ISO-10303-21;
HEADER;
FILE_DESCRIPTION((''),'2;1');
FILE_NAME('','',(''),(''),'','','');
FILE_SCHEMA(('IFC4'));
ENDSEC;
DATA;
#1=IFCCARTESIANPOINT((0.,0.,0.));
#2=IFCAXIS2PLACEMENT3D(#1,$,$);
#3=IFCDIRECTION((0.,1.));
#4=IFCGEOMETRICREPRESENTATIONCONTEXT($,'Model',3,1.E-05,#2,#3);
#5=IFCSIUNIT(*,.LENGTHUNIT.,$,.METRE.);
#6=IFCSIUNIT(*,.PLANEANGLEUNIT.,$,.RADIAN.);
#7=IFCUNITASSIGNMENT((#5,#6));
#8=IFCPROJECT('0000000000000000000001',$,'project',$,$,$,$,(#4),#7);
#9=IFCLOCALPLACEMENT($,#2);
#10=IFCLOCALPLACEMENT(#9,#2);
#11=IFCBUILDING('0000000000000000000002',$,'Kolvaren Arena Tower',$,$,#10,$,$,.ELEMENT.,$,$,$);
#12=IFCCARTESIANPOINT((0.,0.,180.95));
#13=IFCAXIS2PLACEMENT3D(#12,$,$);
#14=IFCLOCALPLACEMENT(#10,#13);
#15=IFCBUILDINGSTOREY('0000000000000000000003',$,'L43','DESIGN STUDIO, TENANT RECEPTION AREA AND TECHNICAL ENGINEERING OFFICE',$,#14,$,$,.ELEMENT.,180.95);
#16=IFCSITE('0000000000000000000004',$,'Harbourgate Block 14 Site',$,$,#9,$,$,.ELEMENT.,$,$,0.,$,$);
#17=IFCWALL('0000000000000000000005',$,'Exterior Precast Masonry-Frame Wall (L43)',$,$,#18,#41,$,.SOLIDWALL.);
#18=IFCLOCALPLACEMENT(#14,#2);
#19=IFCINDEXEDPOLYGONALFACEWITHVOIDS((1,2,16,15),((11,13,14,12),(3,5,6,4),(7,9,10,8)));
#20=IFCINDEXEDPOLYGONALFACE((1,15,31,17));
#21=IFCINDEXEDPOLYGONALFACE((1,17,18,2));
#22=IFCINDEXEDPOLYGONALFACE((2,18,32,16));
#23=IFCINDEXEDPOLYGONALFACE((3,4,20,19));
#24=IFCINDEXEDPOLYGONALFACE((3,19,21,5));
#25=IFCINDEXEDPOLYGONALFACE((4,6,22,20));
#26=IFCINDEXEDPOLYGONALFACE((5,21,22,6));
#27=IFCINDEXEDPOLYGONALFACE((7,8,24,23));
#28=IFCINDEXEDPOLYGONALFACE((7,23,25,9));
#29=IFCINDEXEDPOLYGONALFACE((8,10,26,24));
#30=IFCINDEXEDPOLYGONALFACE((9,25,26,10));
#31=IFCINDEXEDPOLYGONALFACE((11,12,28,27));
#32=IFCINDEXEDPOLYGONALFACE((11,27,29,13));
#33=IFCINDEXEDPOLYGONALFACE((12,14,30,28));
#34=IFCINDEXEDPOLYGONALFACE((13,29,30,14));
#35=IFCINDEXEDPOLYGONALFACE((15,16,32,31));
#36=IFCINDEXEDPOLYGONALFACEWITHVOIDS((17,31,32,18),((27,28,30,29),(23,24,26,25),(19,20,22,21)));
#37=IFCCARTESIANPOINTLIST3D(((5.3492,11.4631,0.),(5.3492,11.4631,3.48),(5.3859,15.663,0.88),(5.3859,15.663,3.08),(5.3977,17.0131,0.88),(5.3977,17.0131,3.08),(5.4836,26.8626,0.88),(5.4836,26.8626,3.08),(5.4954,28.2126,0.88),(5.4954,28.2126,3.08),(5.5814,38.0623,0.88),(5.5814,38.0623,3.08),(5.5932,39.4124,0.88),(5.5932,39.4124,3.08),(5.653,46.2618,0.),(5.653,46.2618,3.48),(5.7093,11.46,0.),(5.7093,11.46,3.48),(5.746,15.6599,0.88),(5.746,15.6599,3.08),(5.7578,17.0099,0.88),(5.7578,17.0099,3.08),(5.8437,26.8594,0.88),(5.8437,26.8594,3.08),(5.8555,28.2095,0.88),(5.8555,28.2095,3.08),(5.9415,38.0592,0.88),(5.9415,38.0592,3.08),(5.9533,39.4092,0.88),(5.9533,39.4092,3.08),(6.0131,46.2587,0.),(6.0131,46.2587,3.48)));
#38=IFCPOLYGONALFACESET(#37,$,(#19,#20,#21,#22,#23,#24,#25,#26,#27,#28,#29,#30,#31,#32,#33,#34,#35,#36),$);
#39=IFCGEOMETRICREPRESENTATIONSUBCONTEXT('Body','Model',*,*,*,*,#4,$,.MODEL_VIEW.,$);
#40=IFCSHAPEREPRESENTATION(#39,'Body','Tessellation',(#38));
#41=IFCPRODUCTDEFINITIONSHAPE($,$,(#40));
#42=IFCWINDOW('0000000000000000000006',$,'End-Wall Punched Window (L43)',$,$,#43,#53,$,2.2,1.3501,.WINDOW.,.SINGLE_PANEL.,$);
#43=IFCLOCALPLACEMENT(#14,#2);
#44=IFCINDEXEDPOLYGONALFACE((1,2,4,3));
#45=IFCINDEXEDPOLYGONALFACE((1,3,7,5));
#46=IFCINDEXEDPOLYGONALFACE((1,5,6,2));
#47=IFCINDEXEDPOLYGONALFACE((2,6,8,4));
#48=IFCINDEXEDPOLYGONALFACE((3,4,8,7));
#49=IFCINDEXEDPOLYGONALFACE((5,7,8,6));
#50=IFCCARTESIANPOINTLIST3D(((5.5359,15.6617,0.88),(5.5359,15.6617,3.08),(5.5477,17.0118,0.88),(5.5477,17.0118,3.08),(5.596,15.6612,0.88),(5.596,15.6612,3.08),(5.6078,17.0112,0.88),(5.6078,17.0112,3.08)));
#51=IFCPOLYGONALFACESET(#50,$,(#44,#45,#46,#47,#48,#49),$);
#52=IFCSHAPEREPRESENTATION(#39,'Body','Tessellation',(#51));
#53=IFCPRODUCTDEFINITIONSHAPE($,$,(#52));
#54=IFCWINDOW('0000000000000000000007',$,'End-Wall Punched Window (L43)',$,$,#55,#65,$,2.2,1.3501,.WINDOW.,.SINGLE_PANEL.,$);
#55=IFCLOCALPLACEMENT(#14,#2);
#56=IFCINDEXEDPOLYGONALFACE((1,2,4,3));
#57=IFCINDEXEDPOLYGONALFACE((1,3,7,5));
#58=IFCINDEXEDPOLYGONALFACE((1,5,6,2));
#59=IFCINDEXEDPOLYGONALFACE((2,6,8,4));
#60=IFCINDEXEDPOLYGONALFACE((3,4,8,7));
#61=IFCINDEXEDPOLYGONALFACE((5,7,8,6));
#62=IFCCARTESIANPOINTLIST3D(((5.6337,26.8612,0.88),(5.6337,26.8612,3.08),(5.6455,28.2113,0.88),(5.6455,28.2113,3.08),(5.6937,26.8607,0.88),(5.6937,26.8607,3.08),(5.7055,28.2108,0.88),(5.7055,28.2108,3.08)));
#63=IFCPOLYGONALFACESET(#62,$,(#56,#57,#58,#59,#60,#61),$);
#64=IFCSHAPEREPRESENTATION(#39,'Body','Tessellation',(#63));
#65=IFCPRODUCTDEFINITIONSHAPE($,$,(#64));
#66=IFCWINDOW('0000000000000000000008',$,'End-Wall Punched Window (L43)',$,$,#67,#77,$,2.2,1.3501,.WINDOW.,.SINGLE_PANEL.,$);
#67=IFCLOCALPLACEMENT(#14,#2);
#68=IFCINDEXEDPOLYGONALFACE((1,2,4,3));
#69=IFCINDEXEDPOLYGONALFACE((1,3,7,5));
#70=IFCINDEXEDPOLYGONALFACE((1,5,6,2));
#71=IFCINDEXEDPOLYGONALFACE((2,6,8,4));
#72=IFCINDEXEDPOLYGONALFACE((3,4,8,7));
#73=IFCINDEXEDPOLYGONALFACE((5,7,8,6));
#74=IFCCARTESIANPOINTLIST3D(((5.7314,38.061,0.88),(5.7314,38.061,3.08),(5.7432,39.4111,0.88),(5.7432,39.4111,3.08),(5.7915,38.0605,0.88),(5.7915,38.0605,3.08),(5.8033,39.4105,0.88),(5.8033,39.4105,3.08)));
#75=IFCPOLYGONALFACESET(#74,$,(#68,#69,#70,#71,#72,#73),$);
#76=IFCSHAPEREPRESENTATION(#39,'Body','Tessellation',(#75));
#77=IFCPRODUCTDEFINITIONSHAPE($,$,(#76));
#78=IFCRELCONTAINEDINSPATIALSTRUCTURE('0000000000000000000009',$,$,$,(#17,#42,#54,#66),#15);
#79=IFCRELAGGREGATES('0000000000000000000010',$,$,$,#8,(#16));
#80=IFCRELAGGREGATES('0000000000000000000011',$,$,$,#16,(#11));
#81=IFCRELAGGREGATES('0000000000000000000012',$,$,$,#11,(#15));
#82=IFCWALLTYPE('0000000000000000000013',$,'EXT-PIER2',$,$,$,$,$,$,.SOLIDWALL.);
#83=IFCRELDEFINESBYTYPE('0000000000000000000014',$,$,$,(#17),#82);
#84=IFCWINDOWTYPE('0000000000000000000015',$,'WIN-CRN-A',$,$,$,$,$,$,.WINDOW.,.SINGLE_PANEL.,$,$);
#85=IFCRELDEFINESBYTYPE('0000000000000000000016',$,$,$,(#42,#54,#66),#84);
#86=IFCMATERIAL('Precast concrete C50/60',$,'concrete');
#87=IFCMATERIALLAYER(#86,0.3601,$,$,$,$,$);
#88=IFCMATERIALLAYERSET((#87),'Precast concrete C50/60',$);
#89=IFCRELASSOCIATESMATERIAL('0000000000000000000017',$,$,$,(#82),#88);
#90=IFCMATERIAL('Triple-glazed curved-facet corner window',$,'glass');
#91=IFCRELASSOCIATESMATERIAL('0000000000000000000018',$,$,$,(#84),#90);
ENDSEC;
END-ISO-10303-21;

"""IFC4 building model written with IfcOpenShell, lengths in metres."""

from ifc_helpers import new_model, si_unit, direction, frame, frame_2d, origin, place, context, subcontext, project, spatial, rectangle, extrude, material, layer, layer_set, type_object, element, fill, save


model = new_model("IFC4")

# Units and contexts
model_context = context("Model", 3, precision=1e-05, world=origin(), true_north=direction((0.0, 1.0)))
body_context = subcontext(model_context, "Body", "Model", "MODEL_VIEW")
ifc_project = project(units=[si_unit("LENGTHUNIT", "METRE"), si_unit("PLANEANGLEUNIT", "RADIAN")], contexts=[model_context])

# Site, building, storey
site_placement = place(None, origin())
site = spatial("IfcSite", under=ifc_project, at=site_placement, Name="Harbourgate Block 14 Site", CompositionType="ELEMENT", RefElevation=0.0)
building_placement = place(site_placement, origin())
building = spatial("IfcBuilding", under=site, at=building_placement, Name="Kolvaren Arena Tower", CompositionType="ELEMENT")
storey_placement = place(building_placement, frame((0.0, 0.0, 180.95)))
storey = spatial("IfcBuildingStorey", under=building, at=storey_placement, Name="L43", Description="DESIGN STUDIO, TENANT RECEPTION AREA AND TECHNICAL ENGINEERING OFFICE", CompositionType="ELEMENT", Elevation=180.95)

# Wall, openings, windows
ifc_material_1 = material(Name="Precast concrete C50/60", Category="concrete")
ifc_layer_1 = layer(ifc_material_1, 0.3601)
ifc_layer_set_1 = layer_set([ifc_layer_1], Name="Precast concrete C50/60")
wall_type_1 = type_object("IfcWallType", Name="EXT-PIER2", PredefinedType="SOLIDWALL", material=ifc_layer_set_1)
wall_1_placement = place(storey_placement, frame((5.5293, 11.4617, 0.0), z_axis=(0.0, 0.0, 1.0), x_axis=(0.008727, 0.999962, 0.0)))
wall_1 = element("IfcWall", 1, at=wall_1_placement, inside=storey, type_object=wall_type_1, Name="Exterior Precast Masonry-Frame Wall (L43)", PredefinedType="SOLIDWALL", context=body_context, shape_type="SweptSolid", body=[
    extrude(rectangle(XDim=34.8, YDim=0.3601, at=frame_2d((17.3999, 0.0))), origin(), (0.0, 0.0, 1.0), 3.48),
])
opening_1_placement = place(wall_1_placement, frame((4.2, 0.0, 0.8799)))
opening_1 = element("IfcOpeningElement", 2, at=opening_1_placement, cuts=wall_1, PredefinedType="OPENING", context=body_context, shape_type="SweptSolid", body=[
    extrude(rectangle(XDim=1.3501, YDim=2.2, at=frame_2d((0.675, 1.1001))), frame((0.0, 0.1899, 0.0), z_axis=(0.0, -1.0, 0.0), x_axis=(1.0, 0.0, 0.0)), (0.0, 0.0, 1.0), 0.3801),
])
opening_2_placement = place(wall_1_placement, frame((15.3999, 0.0, 0.8799)))
opening_2 = element("IfcOpeningElement", 3, at=opening_2_placement, cuts=wall_1, PredefinedType="OPENING", context=body_context, shape_type="SweptSolid", body=[
    extrude(rectangle(XDim=1.3501, YDim=2.2, at=frame_2d((0.675, 1.1001))), frame((0.0, 0.1899, 0.0), z_axis=(0.0, -1.0, 0.0), x_axis=(1.0, 0.0, 0.0)), (0.0, 0.0, 1.0), 0.3801),
])
opening_3_placement = place(wall_1_placement, frame((26.6001, 0.0, 0.8799)))
opening_3 = element("IfcOpeningElement", 4, at=opening_3_placement, cuts=wall_1, PredefinedType="OPENING", context=body_context, shape_type="SweptSolid", body=[
    extrude(rectangle(XDim=1.3501, YDim=2.2, at=frame_2d((0.675, 1.1001))), frame((0.0, 0.1899, 0.0), z_axis=(0.0, -1.0, 0.0), x_axis=(1.0, 0.0, 0.0)), (0.0, 0.0, 1.0), 0.3801),
])
ifc_material_2 = material(Name="Triple-glazed curved-facet corner window", Category="glass")
window_type = type_object("IfcWindowType", Name="WIN-CRN-A", PartitioningType="SINGLE_PANEL", PredefinedType="WINDOW", material=ifc_material_2)
window_1_placement = place(opening_1_placement, origin())
window_1 = element("IfcWindow", 5, at=window_1_placement, inside=storey, type_object=window_type, Name="End-Wall Punched Window (L43)", OverallHeight=2.2, OverallWidth=1.3501, PartitioningType="SINGLE_PANEL", PredefinedType="WINDOW", context=body_context, shape_type="SweptSolid", body=[
    extrude(rectangle(XDim=1.3501, YDim=2.2, at=frame_2d((0.675, 1.1001))), frame((0.0, 0.03, 0.0), z_axis=(0.0, -1.0, 0.0), x_axis=(1.0, 0.0, 0.0)), (0.0, 0.0, 1.0), 0.0601),
])
fill(opening_1, window_1)
window_2_placement = place(opening_2_placement, origin())
window_2 = element("IfcWindow", 6, at=window_2_placement, inside=storey, type_object=window_type, Name="End-Wall Punched Window (L43)", OverallHeight=2.2, OverallWidth=1.3501, PartitioningType="SINGLE_PANEL", PredefinedType="WINDOW", context=body_context, shape_type="SweptSolid", body=[
    extrude(rectangle(XDim=1.3501, YDim=2.2, at=frame_2d((0.675, 1.1001))), frame((0.0, 0.03, 0.0), z_axis=(0.0, -1.0, 0.0), x_axis=(1.0, 0.0, 0.0)), (0.0, 0.0, 1.0), 0.0601),
])
fill(opening_2, window_2)
window_3_placement = place(opening_3_placement, origin())
window_3 = element("IfcWindow", 7, at=window_3_placement, inside=storey, type_object=window_type, Name="End-Wall Punched Window (L43)", OverallHeight=2.2, OverallWidth=1.3501, PartitioningType="SINGLE_PANEL", PredefinedType="WINDOW", context=body_context, shape_type="SweptSolid", body=[
    extrude(rectangle(XDim=1.3501, YDim=2.2, at=frame_2d((0.675, 1.1001))), frame((0.0, 0.03, 0.0), z_axis=(0.0, -1.0, 0.0), x_axis=(1.0, 0.0, 0.0)), (0.0, 0.0, 1.0), 0.0601),
])
fill(opening_3, window_3)

save(model, "model.ifc")
